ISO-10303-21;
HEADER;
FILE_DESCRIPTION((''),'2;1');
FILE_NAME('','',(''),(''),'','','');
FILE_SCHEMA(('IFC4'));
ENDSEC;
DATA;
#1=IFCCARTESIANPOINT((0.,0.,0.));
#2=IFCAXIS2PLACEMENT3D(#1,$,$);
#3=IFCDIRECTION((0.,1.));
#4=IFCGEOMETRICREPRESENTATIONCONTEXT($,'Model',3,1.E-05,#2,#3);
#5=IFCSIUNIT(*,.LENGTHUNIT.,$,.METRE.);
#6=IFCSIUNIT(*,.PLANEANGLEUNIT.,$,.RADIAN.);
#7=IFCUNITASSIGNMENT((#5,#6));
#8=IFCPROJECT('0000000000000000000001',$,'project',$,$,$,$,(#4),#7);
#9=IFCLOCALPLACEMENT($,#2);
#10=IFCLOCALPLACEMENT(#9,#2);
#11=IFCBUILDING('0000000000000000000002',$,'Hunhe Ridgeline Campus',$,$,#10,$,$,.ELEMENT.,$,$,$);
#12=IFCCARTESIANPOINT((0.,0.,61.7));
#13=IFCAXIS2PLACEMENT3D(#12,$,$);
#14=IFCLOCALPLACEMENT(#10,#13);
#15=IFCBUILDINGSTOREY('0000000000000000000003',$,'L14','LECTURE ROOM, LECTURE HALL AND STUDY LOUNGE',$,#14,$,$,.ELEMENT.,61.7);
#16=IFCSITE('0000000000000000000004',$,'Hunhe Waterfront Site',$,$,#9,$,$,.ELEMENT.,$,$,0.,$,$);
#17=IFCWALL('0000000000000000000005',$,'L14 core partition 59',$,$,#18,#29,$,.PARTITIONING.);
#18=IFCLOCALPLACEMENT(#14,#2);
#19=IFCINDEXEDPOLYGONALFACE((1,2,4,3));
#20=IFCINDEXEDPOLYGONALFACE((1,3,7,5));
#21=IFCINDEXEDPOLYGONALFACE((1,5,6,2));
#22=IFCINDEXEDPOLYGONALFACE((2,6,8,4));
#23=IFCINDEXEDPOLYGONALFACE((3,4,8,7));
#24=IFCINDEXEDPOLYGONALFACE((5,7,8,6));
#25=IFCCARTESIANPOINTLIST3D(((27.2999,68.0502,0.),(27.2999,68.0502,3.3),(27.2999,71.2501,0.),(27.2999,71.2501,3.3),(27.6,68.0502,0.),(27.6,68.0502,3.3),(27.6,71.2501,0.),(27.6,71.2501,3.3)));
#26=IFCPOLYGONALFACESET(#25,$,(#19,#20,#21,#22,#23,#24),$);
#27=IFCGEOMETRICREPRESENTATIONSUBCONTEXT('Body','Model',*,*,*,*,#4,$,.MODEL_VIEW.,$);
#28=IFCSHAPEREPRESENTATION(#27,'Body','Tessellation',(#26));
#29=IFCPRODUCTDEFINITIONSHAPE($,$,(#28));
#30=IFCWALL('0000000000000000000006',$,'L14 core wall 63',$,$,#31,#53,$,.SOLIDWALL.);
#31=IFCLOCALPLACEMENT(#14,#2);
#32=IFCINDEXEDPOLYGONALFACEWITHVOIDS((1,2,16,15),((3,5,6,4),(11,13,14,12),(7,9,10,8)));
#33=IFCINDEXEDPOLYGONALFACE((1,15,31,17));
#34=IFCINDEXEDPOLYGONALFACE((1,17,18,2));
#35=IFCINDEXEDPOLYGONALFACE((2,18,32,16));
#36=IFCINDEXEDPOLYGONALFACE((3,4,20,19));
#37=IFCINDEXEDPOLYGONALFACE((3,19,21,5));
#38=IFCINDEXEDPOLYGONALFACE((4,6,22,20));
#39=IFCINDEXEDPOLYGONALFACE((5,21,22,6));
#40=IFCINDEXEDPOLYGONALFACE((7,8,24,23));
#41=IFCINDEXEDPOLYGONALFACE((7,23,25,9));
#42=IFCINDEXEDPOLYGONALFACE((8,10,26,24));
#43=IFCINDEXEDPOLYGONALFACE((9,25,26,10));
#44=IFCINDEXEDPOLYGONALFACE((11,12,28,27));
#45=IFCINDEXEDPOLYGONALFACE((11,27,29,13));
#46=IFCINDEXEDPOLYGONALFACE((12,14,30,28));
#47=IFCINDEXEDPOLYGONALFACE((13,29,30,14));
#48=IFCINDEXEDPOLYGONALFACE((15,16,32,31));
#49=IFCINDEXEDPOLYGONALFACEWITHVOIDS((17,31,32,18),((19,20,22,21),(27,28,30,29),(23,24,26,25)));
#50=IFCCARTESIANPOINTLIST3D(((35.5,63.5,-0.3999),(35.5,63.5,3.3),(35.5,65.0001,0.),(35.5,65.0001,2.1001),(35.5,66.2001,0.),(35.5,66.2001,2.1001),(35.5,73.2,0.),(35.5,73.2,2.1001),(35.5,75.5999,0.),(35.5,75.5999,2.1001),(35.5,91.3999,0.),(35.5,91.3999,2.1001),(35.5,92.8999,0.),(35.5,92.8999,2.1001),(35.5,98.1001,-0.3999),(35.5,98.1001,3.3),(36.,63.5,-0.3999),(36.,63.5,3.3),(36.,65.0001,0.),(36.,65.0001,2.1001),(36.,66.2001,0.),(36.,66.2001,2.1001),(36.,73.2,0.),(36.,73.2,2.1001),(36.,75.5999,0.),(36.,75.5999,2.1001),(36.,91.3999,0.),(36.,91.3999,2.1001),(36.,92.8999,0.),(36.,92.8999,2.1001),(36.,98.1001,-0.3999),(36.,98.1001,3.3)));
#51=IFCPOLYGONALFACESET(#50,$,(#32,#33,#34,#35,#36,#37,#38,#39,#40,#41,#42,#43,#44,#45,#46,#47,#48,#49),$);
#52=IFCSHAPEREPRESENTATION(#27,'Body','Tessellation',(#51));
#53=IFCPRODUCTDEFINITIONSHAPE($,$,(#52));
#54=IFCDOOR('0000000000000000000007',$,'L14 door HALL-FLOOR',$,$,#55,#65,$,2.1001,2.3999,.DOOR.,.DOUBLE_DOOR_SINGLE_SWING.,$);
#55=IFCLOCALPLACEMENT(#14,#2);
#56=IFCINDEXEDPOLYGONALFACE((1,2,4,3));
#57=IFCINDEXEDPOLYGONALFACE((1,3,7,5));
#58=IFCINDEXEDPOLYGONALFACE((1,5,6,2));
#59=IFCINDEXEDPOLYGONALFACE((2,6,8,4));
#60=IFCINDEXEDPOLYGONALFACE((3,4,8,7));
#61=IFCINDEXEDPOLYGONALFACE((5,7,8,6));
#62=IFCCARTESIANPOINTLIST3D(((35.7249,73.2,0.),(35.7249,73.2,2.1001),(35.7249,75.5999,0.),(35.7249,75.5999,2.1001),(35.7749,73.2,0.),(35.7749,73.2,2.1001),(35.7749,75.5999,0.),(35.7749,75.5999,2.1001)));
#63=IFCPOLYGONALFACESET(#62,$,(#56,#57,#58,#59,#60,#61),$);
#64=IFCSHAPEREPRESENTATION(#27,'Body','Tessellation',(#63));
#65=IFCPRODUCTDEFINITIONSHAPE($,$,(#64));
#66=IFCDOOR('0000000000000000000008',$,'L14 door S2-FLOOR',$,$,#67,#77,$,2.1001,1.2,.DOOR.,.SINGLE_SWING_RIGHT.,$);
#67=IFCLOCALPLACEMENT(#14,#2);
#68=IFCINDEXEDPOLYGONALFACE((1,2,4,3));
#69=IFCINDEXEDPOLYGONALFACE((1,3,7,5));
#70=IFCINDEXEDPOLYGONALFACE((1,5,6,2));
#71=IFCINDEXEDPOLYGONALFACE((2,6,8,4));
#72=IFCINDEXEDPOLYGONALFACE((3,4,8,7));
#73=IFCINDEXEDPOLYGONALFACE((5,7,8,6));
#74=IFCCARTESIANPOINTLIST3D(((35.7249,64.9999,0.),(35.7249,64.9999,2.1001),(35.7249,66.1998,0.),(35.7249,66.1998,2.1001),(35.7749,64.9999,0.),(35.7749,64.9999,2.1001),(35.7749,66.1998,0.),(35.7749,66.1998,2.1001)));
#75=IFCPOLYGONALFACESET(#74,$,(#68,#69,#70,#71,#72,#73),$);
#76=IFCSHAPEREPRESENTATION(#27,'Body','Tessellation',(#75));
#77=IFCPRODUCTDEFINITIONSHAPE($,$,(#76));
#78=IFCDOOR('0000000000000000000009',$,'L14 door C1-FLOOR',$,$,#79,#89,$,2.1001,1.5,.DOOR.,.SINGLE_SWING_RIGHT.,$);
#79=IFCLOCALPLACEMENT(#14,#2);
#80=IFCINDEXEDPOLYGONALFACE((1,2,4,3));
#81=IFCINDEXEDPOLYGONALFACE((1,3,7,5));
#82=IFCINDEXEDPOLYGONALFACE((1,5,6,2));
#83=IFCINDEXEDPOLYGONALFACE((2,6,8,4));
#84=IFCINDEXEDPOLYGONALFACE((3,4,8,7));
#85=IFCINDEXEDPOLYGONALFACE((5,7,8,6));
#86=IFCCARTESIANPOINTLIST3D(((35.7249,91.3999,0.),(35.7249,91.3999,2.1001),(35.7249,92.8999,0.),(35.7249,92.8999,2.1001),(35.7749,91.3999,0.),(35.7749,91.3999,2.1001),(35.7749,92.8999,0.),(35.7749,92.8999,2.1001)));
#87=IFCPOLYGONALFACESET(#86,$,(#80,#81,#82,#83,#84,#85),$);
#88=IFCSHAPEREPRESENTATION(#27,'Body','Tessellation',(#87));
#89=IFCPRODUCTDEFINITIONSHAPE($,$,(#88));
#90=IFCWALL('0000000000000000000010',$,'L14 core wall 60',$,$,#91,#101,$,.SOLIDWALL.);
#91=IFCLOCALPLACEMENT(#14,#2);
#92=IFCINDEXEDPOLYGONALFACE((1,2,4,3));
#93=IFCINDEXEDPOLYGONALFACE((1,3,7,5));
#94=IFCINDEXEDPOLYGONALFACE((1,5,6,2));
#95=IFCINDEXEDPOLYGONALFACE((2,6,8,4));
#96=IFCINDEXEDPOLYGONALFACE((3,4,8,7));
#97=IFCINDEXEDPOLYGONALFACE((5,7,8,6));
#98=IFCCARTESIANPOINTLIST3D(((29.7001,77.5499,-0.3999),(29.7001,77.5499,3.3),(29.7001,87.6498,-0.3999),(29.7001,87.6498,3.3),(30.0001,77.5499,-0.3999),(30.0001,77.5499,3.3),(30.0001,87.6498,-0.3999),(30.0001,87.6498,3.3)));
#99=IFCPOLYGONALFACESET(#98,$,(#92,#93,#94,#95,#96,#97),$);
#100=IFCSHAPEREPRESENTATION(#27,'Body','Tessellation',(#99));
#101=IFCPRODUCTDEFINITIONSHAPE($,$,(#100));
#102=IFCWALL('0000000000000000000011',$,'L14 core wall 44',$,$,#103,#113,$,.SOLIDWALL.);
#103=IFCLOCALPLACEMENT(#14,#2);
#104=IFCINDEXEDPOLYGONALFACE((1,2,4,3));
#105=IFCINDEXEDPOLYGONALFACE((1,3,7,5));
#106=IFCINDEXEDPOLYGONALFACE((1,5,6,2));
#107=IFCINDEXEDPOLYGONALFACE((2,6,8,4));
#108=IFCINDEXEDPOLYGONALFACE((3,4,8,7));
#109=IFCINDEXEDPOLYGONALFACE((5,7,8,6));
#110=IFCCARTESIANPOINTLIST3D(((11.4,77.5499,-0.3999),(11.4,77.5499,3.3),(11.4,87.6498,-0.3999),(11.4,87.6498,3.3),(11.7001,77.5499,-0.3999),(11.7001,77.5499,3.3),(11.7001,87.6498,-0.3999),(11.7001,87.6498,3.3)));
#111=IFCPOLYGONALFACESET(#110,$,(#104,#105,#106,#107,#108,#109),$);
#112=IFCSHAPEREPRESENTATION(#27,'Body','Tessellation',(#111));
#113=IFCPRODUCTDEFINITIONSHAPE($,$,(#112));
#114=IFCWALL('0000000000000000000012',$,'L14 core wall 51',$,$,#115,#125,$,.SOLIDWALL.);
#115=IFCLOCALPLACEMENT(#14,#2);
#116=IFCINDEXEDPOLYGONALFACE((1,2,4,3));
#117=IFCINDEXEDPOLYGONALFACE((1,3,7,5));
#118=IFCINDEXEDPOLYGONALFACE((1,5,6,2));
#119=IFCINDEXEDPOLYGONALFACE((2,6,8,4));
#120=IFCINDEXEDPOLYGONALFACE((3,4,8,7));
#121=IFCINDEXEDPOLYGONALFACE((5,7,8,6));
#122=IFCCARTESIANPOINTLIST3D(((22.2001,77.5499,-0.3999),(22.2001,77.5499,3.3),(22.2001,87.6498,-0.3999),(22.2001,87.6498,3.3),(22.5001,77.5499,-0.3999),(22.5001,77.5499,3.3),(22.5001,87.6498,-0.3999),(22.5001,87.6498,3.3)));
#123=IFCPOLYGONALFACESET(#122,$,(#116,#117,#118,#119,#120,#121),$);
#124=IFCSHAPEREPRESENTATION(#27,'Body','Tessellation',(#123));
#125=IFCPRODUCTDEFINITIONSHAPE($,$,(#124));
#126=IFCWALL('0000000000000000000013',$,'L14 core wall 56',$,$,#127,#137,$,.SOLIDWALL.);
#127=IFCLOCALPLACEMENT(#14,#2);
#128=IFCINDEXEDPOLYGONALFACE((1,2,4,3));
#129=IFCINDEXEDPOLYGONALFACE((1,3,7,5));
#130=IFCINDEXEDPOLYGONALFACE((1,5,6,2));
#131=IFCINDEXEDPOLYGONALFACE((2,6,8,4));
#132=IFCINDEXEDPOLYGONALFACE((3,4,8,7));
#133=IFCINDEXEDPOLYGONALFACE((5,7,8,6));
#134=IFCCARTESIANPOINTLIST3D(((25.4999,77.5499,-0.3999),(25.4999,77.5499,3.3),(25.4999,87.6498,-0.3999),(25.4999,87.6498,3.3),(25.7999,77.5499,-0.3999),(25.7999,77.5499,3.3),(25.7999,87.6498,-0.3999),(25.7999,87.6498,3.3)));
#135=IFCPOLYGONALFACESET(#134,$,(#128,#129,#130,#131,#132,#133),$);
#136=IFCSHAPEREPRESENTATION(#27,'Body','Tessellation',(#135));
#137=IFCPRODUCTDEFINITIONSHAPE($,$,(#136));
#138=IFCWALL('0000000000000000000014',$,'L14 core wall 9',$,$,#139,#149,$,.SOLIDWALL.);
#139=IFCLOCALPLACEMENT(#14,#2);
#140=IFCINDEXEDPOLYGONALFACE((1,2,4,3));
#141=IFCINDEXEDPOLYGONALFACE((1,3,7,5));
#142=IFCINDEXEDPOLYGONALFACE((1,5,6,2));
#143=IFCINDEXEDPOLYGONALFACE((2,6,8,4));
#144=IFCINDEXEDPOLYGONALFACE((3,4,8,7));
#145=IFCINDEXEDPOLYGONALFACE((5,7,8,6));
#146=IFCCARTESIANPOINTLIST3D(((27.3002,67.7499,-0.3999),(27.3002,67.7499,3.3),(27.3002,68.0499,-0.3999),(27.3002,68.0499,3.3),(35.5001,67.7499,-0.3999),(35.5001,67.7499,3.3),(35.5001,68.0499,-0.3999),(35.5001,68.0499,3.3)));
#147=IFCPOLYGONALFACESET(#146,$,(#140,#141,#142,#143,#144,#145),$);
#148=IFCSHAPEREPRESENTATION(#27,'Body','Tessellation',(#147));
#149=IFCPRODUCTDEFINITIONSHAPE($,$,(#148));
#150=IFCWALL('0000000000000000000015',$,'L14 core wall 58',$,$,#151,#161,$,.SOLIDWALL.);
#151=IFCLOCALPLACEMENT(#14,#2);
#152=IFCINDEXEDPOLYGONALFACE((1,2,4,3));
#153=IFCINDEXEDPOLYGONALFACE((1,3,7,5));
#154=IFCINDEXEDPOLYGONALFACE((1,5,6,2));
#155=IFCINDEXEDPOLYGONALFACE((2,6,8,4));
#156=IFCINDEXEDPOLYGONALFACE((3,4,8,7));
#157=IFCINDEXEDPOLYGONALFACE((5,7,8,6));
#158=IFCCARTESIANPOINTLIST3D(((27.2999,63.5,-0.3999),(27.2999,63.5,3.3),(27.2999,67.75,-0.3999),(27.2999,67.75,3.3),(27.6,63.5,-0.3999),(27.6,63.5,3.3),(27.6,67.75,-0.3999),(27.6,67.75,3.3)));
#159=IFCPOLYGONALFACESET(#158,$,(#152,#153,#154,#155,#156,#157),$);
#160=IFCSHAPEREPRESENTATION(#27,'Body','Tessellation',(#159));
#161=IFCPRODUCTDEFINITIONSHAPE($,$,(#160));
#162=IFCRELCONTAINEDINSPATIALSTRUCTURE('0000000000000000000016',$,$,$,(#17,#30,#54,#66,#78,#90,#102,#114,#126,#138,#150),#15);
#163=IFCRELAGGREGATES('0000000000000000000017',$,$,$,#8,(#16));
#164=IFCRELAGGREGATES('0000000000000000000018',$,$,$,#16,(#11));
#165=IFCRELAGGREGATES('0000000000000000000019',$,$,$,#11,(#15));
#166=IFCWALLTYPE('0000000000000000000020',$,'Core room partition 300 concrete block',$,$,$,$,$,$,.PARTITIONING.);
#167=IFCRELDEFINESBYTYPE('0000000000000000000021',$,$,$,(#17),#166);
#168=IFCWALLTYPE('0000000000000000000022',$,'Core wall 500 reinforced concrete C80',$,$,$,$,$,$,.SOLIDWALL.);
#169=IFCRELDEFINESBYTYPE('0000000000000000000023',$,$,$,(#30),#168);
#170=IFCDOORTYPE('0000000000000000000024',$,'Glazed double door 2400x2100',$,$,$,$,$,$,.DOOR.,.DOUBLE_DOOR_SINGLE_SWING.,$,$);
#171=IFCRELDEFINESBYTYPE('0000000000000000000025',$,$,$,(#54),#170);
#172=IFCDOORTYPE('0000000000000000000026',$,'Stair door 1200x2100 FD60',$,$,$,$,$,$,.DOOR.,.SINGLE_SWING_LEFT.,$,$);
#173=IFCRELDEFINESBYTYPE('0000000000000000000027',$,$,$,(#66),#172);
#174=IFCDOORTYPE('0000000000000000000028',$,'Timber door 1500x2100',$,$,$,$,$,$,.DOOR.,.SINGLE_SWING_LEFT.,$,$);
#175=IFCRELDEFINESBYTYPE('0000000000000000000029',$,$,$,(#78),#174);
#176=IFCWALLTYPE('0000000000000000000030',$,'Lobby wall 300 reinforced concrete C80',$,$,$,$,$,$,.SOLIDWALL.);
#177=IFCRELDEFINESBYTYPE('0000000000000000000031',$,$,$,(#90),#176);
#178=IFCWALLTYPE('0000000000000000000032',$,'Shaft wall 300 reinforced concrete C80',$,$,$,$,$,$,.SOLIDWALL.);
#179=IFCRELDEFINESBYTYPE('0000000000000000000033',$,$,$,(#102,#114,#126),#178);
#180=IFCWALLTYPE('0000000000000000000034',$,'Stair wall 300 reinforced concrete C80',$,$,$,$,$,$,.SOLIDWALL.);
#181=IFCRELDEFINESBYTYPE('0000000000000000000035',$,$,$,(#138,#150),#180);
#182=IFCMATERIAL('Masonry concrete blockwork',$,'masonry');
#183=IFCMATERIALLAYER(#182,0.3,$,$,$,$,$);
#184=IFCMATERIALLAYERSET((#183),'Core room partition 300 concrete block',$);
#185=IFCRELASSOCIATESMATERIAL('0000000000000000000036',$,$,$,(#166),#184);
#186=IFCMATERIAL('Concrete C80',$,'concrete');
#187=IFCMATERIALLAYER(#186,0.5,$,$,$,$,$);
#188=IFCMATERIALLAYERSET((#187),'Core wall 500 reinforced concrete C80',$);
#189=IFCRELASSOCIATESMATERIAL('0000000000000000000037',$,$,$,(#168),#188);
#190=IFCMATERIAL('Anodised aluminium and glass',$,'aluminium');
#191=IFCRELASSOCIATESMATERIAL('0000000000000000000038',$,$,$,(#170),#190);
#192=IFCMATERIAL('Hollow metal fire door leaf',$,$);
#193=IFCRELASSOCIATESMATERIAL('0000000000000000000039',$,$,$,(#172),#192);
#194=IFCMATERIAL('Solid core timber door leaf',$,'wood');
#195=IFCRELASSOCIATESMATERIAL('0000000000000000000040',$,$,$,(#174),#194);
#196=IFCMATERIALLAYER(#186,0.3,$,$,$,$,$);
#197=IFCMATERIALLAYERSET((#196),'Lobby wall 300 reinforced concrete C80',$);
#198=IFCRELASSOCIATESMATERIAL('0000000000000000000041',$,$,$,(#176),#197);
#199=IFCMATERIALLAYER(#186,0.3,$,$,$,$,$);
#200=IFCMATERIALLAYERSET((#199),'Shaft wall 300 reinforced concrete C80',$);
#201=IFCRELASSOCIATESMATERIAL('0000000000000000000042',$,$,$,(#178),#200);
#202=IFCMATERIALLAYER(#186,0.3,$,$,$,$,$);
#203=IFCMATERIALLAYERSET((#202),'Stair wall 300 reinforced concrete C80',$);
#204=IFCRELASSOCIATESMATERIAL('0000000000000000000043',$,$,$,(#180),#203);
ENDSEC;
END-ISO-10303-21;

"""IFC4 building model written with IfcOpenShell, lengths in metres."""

from ifc_helpers import new_model, si_unit, direction, frame, frame_2d, origin, place, context, subcontext, project, spatial, rectangle, extrude, material, layer, layer_set, type_object, element, fill, save


model = new_model("IFC4")

# Units and contexts
model_context = context("Model", 3, precision=1e-05, world=origin(), true_north=direction((0.0, 1.0)))
body_context = subcontext(model_context, "Body", "Model", "MODEL_VIEW")
ifc_project = project(units=[si_unit("LENGTHUNIT", "METRE"), si_unit("PLANEANGLEUNIT", "RADIAN")], contexts=[model_context])

# Site, building, storey
site_placement = place(None, origin())
site = spatial("IfcSite", under=ifc_project, at=site_placement, Name="Hunhe Waterfront Site", CompositionType="ELEMENT", RefElevation=0.0)
building_placement = place(site_placement, origin())
building = spatial("IfcBuilding", under=site, at=building_placement, Name="Hunhe Ridgeline Campus", CompositionType="ELEMENT")
storey_placement = place(building_placement, frame((0.0, 0.0, 61.7)))
storey = spatial("IfcBuildingStorey", under=building, at=storey_placement, Name="L14", Description="LECTURE ROOM, LECTURE HALL AND STUDY LOUNGE", CompositionType="ELEMENT", Elevation=61.7)

# Shared definitions
ifc_material_1 = material(Name="Masonry concrete blockwork", Category="masonry")
ifc_layer_1 = layer(ifc_material_1, 0.3)
ifc_layer_set_1 = layer_set([ifc_layer_1], Name="Core room partition 300 concrete block")
wall_type_1 = type_object("IfcWallType", Name="Core room partition 300 concrete block", PredefinedType="PARTITIONING", material=ifc_layer_set_1)
ifc_material_2 = material(Name="Solid core timber door leaf", Category="wood")
ifc_material_3 = material(Name="Anodised aluminium and glass", Category="aluminium")

# Wall
wall_1_placement = place(storey_placement, frame((27.45, 68.05, 0.0), z_axis=(0.0, 0.0, 1.0), x_axis=(0.0, 1.0, 0.0)))
element("IfcWall", 1, at=wall_1_placement, inside=storey, type_object=wall_type_1, Name="L14 core partition 59", PredefinedType="PARTITIONING", context=body_context, shape_type="SweptSolid", body=[
    extrude(rectangle(XDim=3.2, YDim=0.3, at=frame_2d((1.6001, 0.0))), origin(), (0.0, 0.0, 1.0), 3.3),
])

# Wall, openings, doors
ifc_material_4 = material(Name="Concrete C80", Category="concrete")
ifc_layer_2 = layer(ifc_material_4, 0.5)
ifc_layer_set_2 = layer_set([ifc_layer_2], Name="Core wall 500 reinforced concrete C80")
wall_type_2 = type_object("IfcWallType", Name="Core wall 500 reinforced concrete C80", PredefinedType="SOLIDWALL", material=ifc_layer_set_2)
wall_2_placement = place(storey_placement, frame((35.75, 63.5, -0.3999), z_axis=(0.0, 0.0, 1.0), x_axis=(0.0, 1.0, 0.0)))
wall_2 = element("IfcWall", 2, at=wall_2_placement, inside=storey, type_object=wall_type_2, Name="L14 core wall 63", PredefinedType="SOLIDWALL", context=body_context, shape_type="SweptSolid", body=[
    extrude(rectangle(XDim=34.6001, YDim=0.5, at=frame_2d((17.3, 0.0))), origin(), (0.0, 0.0, 1.0), 3.7),
])
opening_1_placement = place(wall_2_placement, frame((9.7, 0.0, 0.3999)))
opening_1 = element("IfcOpeningElement", 3, at=opening_1_placement, cuts=wall_2, PredefinedType="OPENING", context=body_context, shape_type="SweptSolid", body=[
    extrude(rectangle(XDim=2.3999, YDim=2.1001, at=frame_2d((1.2, 1.05))), frame((0.0, 0.25, 0.0), z_axis=(0.0, -1.0, 0.0), x_axis=(1.0, 0.0, 0.0)), (0.0, 0.0, 1.0), 0.5),
])
opening_2_placement = place(wall_2_placement, frame((27.8999, 0.0, 0.3999)))
opening_2 = element("IfcOpeningElement", 4, at=opening_2_placement, cuts=wall_2, PredefinedType="OPENING", context=body_context, shape_type="SweptSolid", body=[
    extrude(rectangle(XDim=1.5, YDim=2.1001, at=frame_2d((0.75, 1.05))), frame((0.0, 0.25, 0.0), z_axis=(0.0, -1.0, 0.0), x_axis=(1.0, 0.0, 0.0)), (0.0, 0.0, 1.0), 0.5),
])
opening_3_placement = place(wall_2_placement, frame((1.5, 0.0, 0.3999)))
opening_3 = element("IfcOpeningElement", 5, at=opening_3_placement, cuts=wall_2, PredefinedType="OPENING", context=body_context, shape_type="SweptSolid", body=[
    extrude(rectangle(XDim=1.2, YDim=2.1001, at=frame_2d((0.6001, 1.05))), frame((0.0, 0.25, 0.0), z_axis=(0.0, -1.0, 0.0), x_axis=(1.0, 0.0, 0.0)), (0.0, 0.0, 1.0), 0.5),
])
door_type_1 = type_object("IfcDoorType", Name="Glazed double door 2400x2100", OperationType="DOUBLE_DOOR_SINGLE_SWING", PredefinedType="DOOR", material=ifc_material_3)
door_1_placement = place(opening_1_placement, frame((2.3999, 0.0, 0.0), z_axis=(0.0, 0.0, 1.0), x_axis=(-1.0, 0.0, 0.0)))
door_1 = element("IfcDoor", 6, at=door_1_placement, inside=storey, type_object=door_type_1, Name="L14 door HALL-FLOOR", OperationType="DOUBLE_DOOR_SINGLE_SWING", OverallHeight=2.1001, OverallWidth=2.3999, PredefinedType="DOOR", context=body_context, shape_type="SweptSolid", body=[
    extrude(rectangle(XDim=2.3999, YDim=2.1001, at=frame_2d((1.2, 1.05))), frame((0.0, 0.0249, 0.0), z_axis=(0.0, -1.0, 0.0), x_axis=(1.0, 0.0, 0.0)), (0.0, 0.0, 1.0), 0.05),
])
fill(opening_1, door_1)
ifc_material_5 = material(Name="Hollow metal fire door leaf")
door_type_2 = type_object("IfcDoorType", Name="Stair door 1200x2100 FD60", OperationType="SINGLE_SWING_LEFT", PredefinedType="DOOR", material=ifc_material_5)
door_2_placement = place(opening_3_placement, frame((1.2, 0.0, 0.0), z_axis=(0.0, 0.0, 1.0), x_axis=(-1.0, 0.0, 0.0)))
door_2 = element("IfcDoor", 7, at=door_2_placement, inside=storey, type_object=door_type_2, Name="L14 door S2-FLOOR", OperationType="SINGLE_SWING_RIGHT", OverallHeight=2.1001, OverallWidth=1.2, PredefinedType="DOOR", context=body_context, shape_type="SweptSolid", body=[
    extrude(rectangle(XDim=1.2, YDim=2.1001, at=frame_2d((0.6001, 1.05))), frame((0.0, 0.0249, 0.0), z_axis=(0.0, -1.0, 0.0), x_axis=(1.0, 0.0, 0.0)), (0.0, 0.0, 1.0), 0.05),
])
fill(opening_3, door_2)
door_type_3 = type_object("IfcDoorType", Name="Timber door 1500x2100", OperationType="SINGLE_SWING_LEFT", PredefinedType="DOOR", material=ifc_material_2)
door_3_placement = place(opening_2_placement, frame((1.5, 0.0, 0.0), z_axis=(0.0, 0.0, 1.0), x_axis=(-1.0, 0.0, 0.0)))
door_3 = element("IfcDoor", 8, at=door_3_placement, inside=storey, type_object=door_type_3, Name="L14 door C1-FLOOR", OperationType="SINGLE_SWING_RIGHT", OverallHeight=2.1001, OverallWidth=1.5, PredefinedType="DOOR", context=body_context, shape_type="SweptSolid", body=[
    extrude(rectangle(XDim=1.5, YDim=2.1001, at=frame_2d((0.75, 1.05))), frame((0.0, 0.0249, 0.0), z_axis=(0.0, -1.0, 0.0), x_axis=(1.0, 0.0, 0.0)), (0.0, 0.0, 1.0), 0.05),
])
fill(opening_2, door_3)

# Walls
ifc_layer_3 = layer(ifc_material_4, 0.3)
ifc_layer_set_3 = layer_set([ifc_layer_3], Name="Lobby wall 300 reinforced concrete C80")
wall_type_3 = type_object("IfcWallType", Name="Lobby wall 300 reinforced concrete C80", PredefinedType="SOLIDWALL", material=ifc_layer_set_3)
wall_3_placement = place(storey_placement, frame((29.8501, 77.55, -0.3999), z_axis=(0.0, 0.0, 1.0), x_axis=(0.0, 1.0, 0.0)))
element("IfcWall", 9, at=wall_3_placement, inside=storey, type_object=wall_type_3, Name="L14 core wall 60", PredefinedType="SOLIDWALL", context=body_context, shape_type="SweptSolid", body=[
    extrude(rectangle(XDim=10.0999, YDim=0.3, at=frame_2d((5.0498, 0.0))), origin(), (0.0, 0.0, 1.0), 3.7),
])
ifc_layer_4 = layer(ifc_material_4, 0.3)
ifc_layer_set_4 = layer_set([ifc_layer_4], Name="Shaft wall 300 reinforced concrete C80")
wall_type_4 = type_object("IfcWallType", Name="Shaft wall 300 reinforced concrete C80", PredefinedType="SOLIDWALL", material=ifc_layer_set_4)
for number, where, z_axis, x_axis, name in (
    (10, (11.55, 77.55, -0.3999), (0.0, 0.0, 1.0), (0.0, 1.0, 0.0), "L14 core wall 44"),
    (11, (22.3501, 77.55, -0.3999), (0.0, 0.0, 1.0), (0.0, 1.0, 0.0), "L14 core wall 51"),
    (12, (25.6499, 77.55, -0.3999), (0.0, 0.0, 1.0), (0.0, 1.0, 0.0), "L14 core wall 56"),
):
    element("IfcWall", number, at=place(storey_placement, frame(where, z_axis=z_axis, x_axis=x_axis)), inside=storey, type_object=wall_type_4, Name=name, PredefinedType="SOLIDWALL", context=body_context, shape_type="SweptSolid", body=[
        extrude(rectangle(XDim=10.0999, YDim=0.3, at=frame_2d((5.0498, 0.0))), origin(), (0.0, 0.0, 1.0), 3.7),
    ])
ifc_layer_5 = layer(ifc_material_4, 0.3)
ifc_layer_set_5 = layer_set([ifc_layer_5], Name="Stair wall 300 reinforced concrete C80")
wall_type_5 = type_object("IfcWallType", Name="Stair wall 300 reinforced concrete C80", PredefinedType="SOLIDWALL", material=ifc_layer_set_5)
wall_4_placement = place(storey_placement, frame((27.3, 67.8999, -0.3999), z_axis=(0.0, 0.0, 1.0), x_axis=(1.0, 0.0, 0.0)))
element("IfcWall", 13, at=wall_4_placement, inside=storey, type_object=wall_type_5, Name="L14 core wall 9", PredefinedType="SOLIDWALL", context=body_context, shape_type="SweptSolid", body=[
    extrude(rectangle(XDim=8.2, YDim=0.3, at=frame_2d((4.1001, 0.0))), origin(), (0.0, 0.0, 1.0), 3.7),
])
wall_5_placement = place(storey_placement, frame((27.45, 63.5, -0.3999), z_axis=(0.0, 0.0, 1.0), x_axis=(0.0, 1.0, 0.0)))
element("IfcWall", 14, at=wall_5_placement, inside=storey, type_object=wall_type_5, Name="L14 core wall 58", PredefinedType="SOLIDWALL", context=body_context, shape_type="SweptSolid", body=[
    extrude(rectangle(XDim=4.25, YDim=0.3, at=frame_2d((2.125, 0.0))), origin(), (0.0, 0.0, 1.0), 3.7),
])

save(model, "model.ifc")
